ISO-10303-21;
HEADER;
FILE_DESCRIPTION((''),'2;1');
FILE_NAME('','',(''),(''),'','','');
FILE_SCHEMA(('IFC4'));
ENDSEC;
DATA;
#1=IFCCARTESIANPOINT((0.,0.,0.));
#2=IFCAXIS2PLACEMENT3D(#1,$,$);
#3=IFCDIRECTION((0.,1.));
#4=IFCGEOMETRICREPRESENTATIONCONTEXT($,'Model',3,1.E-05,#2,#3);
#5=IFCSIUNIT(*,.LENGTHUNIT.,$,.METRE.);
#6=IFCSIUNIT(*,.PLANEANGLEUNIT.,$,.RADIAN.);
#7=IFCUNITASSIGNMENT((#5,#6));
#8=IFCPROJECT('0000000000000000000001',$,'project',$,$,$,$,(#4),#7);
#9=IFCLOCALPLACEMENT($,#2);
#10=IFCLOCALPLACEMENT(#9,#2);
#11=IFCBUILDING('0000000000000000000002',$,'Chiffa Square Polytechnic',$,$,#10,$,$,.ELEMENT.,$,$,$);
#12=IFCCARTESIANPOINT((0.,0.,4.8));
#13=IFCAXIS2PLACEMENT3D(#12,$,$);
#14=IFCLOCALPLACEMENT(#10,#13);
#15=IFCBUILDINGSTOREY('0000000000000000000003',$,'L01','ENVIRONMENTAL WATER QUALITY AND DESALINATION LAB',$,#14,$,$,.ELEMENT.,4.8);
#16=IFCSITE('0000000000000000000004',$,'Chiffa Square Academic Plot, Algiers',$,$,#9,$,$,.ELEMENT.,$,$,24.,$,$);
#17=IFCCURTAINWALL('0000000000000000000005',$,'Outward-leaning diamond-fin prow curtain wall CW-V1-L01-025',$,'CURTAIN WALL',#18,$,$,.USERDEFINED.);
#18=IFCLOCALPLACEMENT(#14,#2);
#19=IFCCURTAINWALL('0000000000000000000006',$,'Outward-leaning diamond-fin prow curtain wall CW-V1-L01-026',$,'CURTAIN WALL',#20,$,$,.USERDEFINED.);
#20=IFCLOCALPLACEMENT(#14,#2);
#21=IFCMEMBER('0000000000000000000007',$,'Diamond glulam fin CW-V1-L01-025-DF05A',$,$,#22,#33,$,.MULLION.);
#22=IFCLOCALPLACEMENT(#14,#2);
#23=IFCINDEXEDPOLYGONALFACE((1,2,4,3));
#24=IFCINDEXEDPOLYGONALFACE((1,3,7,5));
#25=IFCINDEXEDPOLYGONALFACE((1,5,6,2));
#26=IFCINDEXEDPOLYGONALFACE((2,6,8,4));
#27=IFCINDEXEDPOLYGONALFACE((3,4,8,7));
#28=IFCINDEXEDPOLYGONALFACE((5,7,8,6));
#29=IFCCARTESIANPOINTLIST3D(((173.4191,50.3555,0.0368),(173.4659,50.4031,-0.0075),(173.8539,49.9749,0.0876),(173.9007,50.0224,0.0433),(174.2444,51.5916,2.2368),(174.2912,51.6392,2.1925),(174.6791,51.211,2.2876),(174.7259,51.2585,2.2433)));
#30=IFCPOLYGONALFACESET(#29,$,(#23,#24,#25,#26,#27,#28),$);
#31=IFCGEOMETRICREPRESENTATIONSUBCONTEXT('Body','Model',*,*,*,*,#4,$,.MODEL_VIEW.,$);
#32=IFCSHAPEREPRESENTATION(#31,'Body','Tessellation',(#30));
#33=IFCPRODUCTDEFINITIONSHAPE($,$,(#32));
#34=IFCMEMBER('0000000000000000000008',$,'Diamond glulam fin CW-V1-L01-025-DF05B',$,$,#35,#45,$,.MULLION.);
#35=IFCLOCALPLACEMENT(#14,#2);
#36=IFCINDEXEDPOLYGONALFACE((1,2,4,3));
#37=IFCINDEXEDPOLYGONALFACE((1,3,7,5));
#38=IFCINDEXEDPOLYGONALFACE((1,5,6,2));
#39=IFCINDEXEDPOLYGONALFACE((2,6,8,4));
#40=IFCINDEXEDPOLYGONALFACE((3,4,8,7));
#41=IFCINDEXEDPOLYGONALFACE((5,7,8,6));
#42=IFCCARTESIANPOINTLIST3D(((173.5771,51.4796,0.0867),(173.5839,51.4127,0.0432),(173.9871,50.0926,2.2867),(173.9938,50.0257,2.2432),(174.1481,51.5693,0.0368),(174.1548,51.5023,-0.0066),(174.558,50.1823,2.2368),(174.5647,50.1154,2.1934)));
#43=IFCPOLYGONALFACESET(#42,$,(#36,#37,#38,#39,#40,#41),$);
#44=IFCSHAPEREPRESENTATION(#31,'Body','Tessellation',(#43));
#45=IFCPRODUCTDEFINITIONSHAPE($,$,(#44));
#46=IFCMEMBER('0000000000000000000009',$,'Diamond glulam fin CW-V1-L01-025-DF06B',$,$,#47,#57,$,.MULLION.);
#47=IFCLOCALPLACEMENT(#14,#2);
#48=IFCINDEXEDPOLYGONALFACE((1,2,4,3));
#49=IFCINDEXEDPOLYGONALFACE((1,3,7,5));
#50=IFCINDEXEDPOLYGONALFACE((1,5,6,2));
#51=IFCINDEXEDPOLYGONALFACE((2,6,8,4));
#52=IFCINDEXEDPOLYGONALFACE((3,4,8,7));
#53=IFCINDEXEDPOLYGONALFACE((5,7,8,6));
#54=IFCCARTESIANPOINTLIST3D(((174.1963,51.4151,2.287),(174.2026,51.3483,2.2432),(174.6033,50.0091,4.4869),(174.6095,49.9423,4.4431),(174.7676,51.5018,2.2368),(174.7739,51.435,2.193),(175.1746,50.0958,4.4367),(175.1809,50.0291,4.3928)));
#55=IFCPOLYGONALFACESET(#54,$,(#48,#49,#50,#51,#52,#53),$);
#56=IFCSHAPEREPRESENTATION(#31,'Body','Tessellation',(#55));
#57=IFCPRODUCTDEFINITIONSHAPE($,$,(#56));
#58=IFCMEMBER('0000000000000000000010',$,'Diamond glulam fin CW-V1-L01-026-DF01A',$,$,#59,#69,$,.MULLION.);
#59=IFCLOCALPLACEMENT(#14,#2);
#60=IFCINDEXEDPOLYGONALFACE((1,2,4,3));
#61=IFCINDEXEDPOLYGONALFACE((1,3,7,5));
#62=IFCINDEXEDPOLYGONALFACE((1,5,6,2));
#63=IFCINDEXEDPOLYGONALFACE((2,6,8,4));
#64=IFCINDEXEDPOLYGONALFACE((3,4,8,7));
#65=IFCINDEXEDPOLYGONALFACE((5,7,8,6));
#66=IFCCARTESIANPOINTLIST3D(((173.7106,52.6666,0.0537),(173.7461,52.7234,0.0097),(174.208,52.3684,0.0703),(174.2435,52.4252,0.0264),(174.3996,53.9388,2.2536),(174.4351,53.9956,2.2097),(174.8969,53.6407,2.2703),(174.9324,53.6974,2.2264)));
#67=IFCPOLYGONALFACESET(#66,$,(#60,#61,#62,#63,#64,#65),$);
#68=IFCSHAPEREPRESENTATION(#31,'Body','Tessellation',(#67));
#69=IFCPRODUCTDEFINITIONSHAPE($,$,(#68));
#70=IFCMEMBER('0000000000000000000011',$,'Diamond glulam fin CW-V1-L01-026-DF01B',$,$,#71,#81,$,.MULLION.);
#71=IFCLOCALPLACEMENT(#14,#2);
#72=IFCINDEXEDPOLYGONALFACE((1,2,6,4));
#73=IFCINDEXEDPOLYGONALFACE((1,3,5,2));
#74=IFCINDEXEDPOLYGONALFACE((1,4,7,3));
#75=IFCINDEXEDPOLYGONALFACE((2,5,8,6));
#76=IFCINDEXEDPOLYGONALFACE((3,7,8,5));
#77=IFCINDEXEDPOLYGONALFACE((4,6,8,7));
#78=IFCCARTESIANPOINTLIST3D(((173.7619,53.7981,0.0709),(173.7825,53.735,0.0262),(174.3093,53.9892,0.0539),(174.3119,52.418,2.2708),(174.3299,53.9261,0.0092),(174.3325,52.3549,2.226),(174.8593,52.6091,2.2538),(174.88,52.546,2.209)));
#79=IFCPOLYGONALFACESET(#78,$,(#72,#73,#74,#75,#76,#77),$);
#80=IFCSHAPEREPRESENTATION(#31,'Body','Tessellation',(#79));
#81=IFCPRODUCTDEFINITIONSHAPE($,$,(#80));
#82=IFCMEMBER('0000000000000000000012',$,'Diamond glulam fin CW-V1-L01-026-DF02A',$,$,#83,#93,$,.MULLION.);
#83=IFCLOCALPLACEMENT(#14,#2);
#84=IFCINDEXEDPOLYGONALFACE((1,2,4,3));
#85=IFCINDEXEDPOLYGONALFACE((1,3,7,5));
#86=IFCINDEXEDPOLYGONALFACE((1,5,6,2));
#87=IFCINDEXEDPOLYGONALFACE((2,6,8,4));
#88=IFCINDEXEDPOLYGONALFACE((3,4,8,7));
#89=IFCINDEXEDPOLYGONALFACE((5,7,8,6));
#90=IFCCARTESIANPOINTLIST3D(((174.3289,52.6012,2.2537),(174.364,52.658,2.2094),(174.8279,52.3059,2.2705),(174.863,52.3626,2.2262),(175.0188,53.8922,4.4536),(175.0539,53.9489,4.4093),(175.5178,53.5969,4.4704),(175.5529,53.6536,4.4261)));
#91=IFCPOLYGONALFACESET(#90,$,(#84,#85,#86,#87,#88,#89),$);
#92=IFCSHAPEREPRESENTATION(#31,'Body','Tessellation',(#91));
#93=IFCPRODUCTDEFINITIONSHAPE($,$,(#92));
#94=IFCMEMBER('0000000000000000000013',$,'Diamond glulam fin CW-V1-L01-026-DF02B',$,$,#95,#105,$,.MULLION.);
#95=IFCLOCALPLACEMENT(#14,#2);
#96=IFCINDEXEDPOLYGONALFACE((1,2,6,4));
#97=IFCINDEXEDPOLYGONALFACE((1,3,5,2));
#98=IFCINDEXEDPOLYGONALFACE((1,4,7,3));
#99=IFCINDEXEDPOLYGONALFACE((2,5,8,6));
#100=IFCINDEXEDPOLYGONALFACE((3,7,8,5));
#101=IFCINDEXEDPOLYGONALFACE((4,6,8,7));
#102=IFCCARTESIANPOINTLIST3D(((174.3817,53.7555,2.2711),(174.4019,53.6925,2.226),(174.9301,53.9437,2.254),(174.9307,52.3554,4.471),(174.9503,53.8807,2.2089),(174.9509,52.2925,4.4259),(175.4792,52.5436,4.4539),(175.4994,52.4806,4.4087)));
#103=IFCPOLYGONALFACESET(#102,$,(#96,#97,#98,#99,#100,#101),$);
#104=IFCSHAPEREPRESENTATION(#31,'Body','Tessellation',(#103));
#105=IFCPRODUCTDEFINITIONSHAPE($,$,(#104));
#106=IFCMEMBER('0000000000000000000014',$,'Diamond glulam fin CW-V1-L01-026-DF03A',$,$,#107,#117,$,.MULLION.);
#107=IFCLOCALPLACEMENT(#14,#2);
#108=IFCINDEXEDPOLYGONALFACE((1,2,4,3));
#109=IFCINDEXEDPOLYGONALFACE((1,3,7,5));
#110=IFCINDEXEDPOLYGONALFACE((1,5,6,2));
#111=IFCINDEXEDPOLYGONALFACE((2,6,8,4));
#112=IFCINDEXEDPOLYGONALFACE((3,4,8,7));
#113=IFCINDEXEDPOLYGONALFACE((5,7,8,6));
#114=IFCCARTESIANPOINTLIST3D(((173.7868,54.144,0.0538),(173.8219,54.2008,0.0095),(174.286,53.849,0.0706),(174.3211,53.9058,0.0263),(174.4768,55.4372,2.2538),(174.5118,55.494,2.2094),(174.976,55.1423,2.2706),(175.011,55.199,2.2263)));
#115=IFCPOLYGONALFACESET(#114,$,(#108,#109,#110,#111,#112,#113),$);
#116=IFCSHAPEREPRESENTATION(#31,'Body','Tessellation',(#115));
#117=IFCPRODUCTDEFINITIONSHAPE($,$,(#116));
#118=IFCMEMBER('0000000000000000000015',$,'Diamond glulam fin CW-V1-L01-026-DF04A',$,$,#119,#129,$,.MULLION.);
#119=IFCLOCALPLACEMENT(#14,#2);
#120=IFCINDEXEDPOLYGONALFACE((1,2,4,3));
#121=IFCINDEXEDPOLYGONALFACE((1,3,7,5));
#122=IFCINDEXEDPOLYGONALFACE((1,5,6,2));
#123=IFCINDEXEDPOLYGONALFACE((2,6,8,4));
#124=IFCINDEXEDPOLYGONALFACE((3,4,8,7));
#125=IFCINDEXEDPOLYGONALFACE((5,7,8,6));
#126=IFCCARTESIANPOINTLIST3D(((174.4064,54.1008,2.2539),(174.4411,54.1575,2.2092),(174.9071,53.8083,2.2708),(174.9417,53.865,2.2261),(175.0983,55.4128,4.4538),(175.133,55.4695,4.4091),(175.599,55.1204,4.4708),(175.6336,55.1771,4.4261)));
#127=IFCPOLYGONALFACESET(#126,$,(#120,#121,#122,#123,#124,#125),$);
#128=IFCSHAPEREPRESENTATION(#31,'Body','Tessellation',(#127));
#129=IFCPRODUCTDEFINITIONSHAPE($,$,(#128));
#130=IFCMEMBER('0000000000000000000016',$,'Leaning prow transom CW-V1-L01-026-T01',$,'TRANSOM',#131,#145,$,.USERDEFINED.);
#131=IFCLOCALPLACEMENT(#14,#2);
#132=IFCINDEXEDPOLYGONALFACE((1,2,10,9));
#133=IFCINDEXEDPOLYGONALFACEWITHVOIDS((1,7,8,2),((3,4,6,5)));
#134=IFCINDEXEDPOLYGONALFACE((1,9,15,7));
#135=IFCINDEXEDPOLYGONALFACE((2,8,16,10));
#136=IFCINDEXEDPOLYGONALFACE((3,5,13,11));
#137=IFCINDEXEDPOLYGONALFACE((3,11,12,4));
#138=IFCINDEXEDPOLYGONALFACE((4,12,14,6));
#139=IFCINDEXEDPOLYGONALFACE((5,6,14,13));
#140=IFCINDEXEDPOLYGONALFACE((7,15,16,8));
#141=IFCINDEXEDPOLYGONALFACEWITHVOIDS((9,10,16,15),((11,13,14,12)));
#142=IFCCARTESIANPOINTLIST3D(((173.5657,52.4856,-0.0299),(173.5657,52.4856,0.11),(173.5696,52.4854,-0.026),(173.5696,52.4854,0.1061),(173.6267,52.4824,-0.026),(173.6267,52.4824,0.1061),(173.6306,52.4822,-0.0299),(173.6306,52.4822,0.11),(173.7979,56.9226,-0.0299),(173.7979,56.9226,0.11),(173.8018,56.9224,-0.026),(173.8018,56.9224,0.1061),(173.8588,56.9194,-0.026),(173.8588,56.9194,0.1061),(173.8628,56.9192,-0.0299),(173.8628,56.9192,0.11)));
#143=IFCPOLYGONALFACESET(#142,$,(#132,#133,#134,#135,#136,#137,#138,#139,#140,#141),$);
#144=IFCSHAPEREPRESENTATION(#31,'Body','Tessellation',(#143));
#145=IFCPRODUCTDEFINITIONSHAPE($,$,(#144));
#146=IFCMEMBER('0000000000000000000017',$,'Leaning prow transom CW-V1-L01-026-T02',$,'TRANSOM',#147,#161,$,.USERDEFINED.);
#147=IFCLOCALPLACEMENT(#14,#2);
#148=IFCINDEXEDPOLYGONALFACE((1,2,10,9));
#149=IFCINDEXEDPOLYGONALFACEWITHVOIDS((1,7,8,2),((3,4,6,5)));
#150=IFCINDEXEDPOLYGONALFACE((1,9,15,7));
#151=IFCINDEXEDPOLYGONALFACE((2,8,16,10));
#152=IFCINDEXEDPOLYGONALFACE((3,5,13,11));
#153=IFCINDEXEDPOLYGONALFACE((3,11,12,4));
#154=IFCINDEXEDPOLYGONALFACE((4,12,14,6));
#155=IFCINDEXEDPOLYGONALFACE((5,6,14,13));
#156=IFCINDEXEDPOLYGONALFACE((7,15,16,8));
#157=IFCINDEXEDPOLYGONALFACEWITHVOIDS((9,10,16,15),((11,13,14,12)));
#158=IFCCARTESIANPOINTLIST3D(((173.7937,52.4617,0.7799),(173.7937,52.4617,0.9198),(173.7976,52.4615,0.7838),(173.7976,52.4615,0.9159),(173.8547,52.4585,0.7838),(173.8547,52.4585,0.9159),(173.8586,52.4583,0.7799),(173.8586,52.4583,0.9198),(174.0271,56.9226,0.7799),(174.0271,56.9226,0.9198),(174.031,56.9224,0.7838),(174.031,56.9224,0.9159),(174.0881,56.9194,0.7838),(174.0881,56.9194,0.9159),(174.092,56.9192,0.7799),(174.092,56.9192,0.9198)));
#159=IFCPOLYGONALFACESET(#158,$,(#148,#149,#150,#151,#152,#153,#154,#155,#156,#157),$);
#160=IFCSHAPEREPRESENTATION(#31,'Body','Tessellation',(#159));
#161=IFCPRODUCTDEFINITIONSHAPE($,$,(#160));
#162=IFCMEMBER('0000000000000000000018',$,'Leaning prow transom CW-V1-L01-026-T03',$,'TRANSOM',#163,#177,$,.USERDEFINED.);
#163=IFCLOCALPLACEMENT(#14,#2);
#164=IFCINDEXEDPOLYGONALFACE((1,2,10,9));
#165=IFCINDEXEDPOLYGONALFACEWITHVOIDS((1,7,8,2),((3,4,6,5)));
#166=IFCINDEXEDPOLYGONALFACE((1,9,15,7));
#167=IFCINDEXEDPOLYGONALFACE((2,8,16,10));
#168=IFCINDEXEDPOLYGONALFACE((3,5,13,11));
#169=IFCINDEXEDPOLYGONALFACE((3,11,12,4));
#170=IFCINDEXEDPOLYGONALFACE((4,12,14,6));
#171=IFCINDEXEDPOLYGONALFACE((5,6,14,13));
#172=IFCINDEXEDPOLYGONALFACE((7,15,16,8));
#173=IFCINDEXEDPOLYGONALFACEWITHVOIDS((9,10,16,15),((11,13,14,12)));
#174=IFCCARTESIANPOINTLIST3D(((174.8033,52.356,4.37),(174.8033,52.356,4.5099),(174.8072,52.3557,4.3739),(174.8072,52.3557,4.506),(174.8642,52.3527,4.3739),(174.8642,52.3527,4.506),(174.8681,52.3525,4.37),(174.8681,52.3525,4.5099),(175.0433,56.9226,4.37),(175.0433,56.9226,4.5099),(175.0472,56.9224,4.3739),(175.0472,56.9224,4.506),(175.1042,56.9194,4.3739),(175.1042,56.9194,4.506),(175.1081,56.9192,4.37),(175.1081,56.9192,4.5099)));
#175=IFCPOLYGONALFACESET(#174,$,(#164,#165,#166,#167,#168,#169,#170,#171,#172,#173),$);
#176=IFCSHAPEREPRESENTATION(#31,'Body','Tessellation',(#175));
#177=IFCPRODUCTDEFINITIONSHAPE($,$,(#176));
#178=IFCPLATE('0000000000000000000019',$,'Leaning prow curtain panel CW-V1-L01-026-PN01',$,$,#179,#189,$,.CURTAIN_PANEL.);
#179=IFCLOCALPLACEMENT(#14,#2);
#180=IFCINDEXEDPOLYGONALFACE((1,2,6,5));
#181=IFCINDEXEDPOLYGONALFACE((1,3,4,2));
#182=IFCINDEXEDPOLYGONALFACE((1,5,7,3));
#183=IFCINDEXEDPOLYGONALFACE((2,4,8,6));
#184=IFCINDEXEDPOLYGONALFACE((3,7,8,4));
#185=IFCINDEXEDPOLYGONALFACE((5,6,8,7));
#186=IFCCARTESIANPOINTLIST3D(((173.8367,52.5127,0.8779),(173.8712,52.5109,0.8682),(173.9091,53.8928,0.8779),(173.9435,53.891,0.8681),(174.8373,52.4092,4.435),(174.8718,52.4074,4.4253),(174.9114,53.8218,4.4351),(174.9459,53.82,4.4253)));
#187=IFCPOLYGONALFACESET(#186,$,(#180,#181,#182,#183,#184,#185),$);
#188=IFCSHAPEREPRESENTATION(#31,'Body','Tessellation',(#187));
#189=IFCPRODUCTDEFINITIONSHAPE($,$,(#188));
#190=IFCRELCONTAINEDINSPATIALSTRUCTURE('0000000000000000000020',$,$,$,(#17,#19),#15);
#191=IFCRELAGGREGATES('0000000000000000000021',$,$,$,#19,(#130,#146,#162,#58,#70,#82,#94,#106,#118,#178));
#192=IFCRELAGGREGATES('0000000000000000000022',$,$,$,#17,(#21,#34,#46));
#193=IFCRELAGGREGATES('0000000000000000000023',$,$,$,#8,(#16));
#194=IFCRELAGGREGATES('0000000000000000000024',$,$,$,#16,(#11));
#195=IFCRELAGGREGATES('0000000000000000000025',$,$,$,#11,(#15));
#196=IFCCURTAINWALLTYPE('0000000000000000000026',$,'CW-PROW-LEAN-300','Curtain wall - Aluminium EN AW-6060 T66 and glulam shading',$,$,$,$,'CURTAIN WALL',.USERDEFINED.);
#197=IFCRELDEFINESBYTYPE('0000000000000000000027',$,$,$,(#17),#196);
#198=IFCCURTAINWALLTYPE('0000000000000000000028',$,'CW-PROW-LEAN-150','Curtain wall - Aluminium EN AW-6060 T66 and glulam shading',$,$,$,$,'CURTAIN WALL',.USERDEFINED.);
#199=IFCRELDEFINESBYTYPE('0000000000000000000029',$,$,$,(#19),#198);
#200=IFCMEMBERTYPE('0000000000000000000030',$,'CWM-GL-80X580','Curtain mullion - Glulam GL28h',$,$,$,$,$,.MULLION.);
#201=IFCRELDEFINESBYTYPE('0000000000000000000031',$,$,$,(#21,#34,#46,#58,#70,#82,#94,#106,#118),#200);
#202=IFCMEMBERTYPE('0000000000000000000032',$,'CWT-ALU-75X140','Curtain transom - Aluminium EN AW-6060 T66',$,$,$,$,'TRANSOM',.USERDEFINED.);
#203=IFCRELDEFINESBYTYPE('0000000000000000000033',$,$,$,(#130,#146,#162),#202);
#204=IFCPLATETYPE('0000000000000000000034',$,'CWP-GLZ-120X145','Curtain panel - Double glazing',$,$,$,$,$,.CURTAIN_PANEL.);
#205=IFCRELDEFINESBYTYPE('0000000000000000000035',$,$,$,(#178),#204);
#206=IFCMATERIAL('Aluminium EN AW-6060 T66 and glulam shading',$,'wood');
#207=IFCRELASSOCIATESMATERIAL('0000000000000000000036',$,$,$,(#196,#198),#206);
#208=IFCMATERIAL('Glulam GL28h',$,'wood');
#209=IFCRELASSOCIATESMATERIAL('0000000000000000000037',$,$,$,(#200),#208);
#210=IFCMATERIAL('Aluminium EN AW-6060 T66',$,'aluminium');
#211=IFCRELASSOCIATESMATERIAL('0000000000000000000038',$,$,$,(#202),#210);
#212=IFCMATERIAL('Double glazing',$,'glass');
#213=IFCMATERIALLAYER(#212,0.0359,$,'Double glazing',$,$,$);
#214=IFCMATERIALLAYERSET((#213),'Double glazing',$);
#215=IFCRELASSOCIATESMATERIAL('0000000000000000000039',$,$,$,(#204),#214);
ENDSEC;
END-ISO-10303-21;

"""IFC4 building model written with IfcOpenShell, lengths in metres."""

from ifc_helpers import new_model, si_unit, direction, frame, origin, origin_2d, place, context, subcontext, project, spatial, polyline, rectangle, hollow_rectangle, outline, extrude, material, layer, layer_set, material_profile, profile_set, type_object, element, aggregate, save


model = new_model("IFC4")

# Units and contexts
model_context = context("Model", 3, precision=1e-05, world=origin(), true_north=direction((0.0, 1.0)))
body_context = subcontext(model_context, "Body", "Model", "MODEL_VIEW")
ifc_project = project(units=[si_unit("LENGTHUNIT", "METRE"), si_unit("PLANEANGLEUNIT", "RADIAN")], contexts=[model_context])

# Site, building, storey
site_placement = place(None, origin())
site = spatial("IfcSite", under=ifc_project, at=site_placement, Name="Chiffa Square Academic Plot, Algiers", CompositionType="ELEMENT", RefElevation=24.0)
building_placement = place(site_placement, origin())
building = spatial("IfcBuilding", under=site, at=building_placement, Name="Chiffa Square Polytechnic", CompositionType="ELEMENT")
storey_placement = place(building_placement, frame((0.0, 0.0, 4.8)))
storey = spatial("IfcBuildingStorey", under=building, at=storey_placement, Name="L01", Description="ENVIRONMENTAL WATER QUALITY AND DESALINATION LAB", CompositionType="ELEMENT", Elevation=4.8)

# Curtain walls
ifc_material_1 = material(Name="Aluminium EN AW-6060 T66 and glulam shading", Category="wood")
curtain_wall_type_1 = type_object("IfcCurtainWallType", Name="CW-PROW-LEAN-300", Description="Curtain wall - Aluminium EN AW-6060 T66 and glulam shading", ElementType="CURTAIN WALL", PredefinedType="USERDEFINED", material=ifc_material_1)
curtain_wall_1_placement = place(storey_placement, origin())
curtain_wall_1 = element("IfcCurtainWall", 1, at=curtain_wall_1_placement, inside=storey, type_object=curtain_wall_type_1, Name="Outward-leaning diamond-fin prow curtain wall CW-V1-L01-025", ObjectType="CURTAIN WALL", PredefinedType="USERDEFINED")
ifc_material_2 = material(Name="Aluminium EN AW-6060 T66", Category="aluminium")
curtain_wall_type_2 = type_object("IfcCurtainWallType", Name="CW-PROW-LEAN-150", Description="Curtain wall - Aluminium EN AW-6060 T66 and glulam shading", ElementType="CURTAIN WALL", PredefinedType="USERDEFINED", material=ifc_material_1)
curtain_wall_2_placement = place(storey_placement, origin())
curtain_wall_2 = element("IfcCurtainWall", 2, at=curtain_wall_2_placement, inside=storey, type_object=curtain_wall_type_2, Name="Outward-leaning diamond-fin prow curtain wall CW-V1-L01-026", ObjectType="CURTAIN WALL", PredefinedType="USERDEFINED")

# Members
ifc_material_3 = material(Name="Glulam GL28h", Category="wood")
ifc_material_profile_1 = material_profile(ifc_material_3, rectangle(XDim=0.0801, YDim=0.5801, at=origin_2d()), Name="GL28h 80x580")
ifc_profile_set_1 = profile_set([ifc_material_profile_1], Name="Glulam GL28h")
member_type_1 = type_object("IfcMemberType", Name="CWM-GL-80X580", Description="Curtain mullion - Glulam GL28h", PredefinedType="MULLION", material=ifc_profile_set_1)
member_1_placement = place(storey_placement, frame((173.6599, 50.189, 0.04), z_axis=(0.310817, 0.465581, 0.82863), x_axis=(-0.584522, -0.593826, 0.552905)))
member_1 = element("IfcMember", 3, at=member_1_placement, type_object=member_type_1, Name="Diamond glulam fin CW-V1-L01-025-DF05A", PredefinedType="MULLION", context=body_context, shape_type="SweptSolid", body=[
    extrude(rectangle(XDim=0.0801, YDim=0.5801, at=origin_2d()), origin(), (0.0, 0.0, 1.0), 2.655),
])
member_2_placement = place(storey_placement, frame((173.866, 51.491, 0.04), z_axis=(0.155696, -0.526807, 0.835603), x_axis=(-0.083897, 0.83581, 0.54257)))
member_2 = element("IfcMember", 4, at=member_2_placement, type_object=member_type_1, Name="Diamond glulam fin CW-V1-L01-025-DF05B", PredefinedType="MULLION", context=body_context, shape_type="SweptSolid", body=[
    extrude(rectangle(XDim=0.0801, YDim=0.5801, at=origin_2d()), origin(), (0.0, 0.0, 1.0), 2.6328),
])
member_3_placement = place(storey_placement, frame((174.4851, 51.425, 2.24), z_axis=(0.15402, -0.532094, 0.832558), x_axis=(-0.078374, 0.833379, 0.547118)))
member_3 = element("IfcMember", 5, at=member_3_placement, type_object=member_type_1, Name="Diamond glulam fin CW-V1-L01-025-DF06B", PredefinedType="MULLION", context=body_context, shape_type="SweptSolid", body=[
    extrude(rectangle(XDim=0.0801, YDim=0.5801, at=origin_2d()), origin(), (0.0, 0.0, 1.0), 2.6423),
])
member_4_placement = place(storey_placement, frame((173.9771, 52.5459, 0.04), z_axis=(0.26166, 0.483171, 0.835512), x_axis=(-0.443348, -0.708766, 0.548719)))
member_4 = element("IfcMember", 6, at=member_4_placement, type_object=member_type_1, Name="Diamond glulam fin CW-V1-L01-026-DF01A", PredefinedType="MULLION", context=body_context, shape_type="SweptSolid", body=[
    extrude(rectangle(XDim=0.0801, YDim=0.5801, at=origin_2d()), origin(), (0.0, 0.0, 1.0), 2.6331),
])
member_5_placement = place(storey_placement, frame((174.0459, 53.8621, 0.04), z_axis=(0.207203, -0.519893, 0.828721), x_axis=(-0.257779, 0.788154, 0.558895)))
member_5 = element("IfcMember", 7, at=member_5_placement, type_object=member_type_1, Name="Diamond glulam fin CW-V1-L01-026-DF01B", PredefinedType="MULLION", context=body_context, shape_type="SweptSolid", body=[
    extrude(rectangle(XDim=0.0801, YDim=0.5801, at=origin_2d()), origin(), (0.0, 0.0, 1.0), 2.6545),
])
member_6_placement = place(storey_placement, frame((174.5959, 52.4819, 2.24), z_axis=(0.261099, 0.488568, 0.832543), x_axis=(-0.438025, -0.708592, 0.553201)))
member_6 = element("IfcMember", 8, at=member_6_placement, type_object=member_type_1, Name="Diamond glulam fin CW-V1-L01-026-DF02A", PredefinedType="MULLION", context=body_context, shape_type="SweptSolid", body=[
    extrude(rectangle(XDim=0.0801, YDim=0.5801, at=origin_2d()), origin(), (0.0, 0.0, 1.0), 2.6423),
])
member_7_placement = place(storey_placement, frame((174.666, 53.8181, 2.24), z_axis=(0.206039, -0.525404, 0.82553), x_axis=(-0.252252, 0.786601, 0.563585)))
member_7 = element("IfcMember", 9, at=member_7_placement, type_object=member_type_1, Name="Diamond glulam fin CW-V1-L01-026-DF02B", PredefinedType="MULLION", context=body_context, shape_type="SweptSolid", body=[
    extrude(rectangle(XDim=0.0801, YDim=0.5801, at=origin_2d()), origin(), (0.0, 0.0, 1.0), 2.6648),
])
member_8_placement = place(storey_placement, frame((174.054, 54.0249, 0.04), z_axis=(0.260993, 0.489201, 0.832205), x_axis=(-0.437365, -0.708603, 0.553708)))
member_8 = element("IfcMember", 10, at=member_8_placement, type_object=member_type_1, Name="Diamond glulam fin CW-V1-L01-026-DF03A", PredefinedType="MULLION", context=body_context, shape_type="SweptSolid", body=[
    extrude(rectangle(XDim=0.0801, YDim=0.5801, at=origin_2d()), origin(), (0.0, 0.0, 1.0), 2.6436),
])
member_9_placement = place(storey_placement, frame((174.6741, 53.9829, 2.24), z_axis=(0.26077, 0.494487, 0.829145), x_axis=(-0.432531, -0.707993, 0.558267)))
member_9 = element("IfcMember", 11, at=member_9_placement, type_object=member_type_1, Name="Diamond glulam fin CW-V1-L01-026-DF04A", PredefinedType="MULLION", context=body_context, shape_type="SweptSolid", body=[
    extrude(rectangle(XDim=0.0801, YDim=0.5801, at=origin_2d()), origin(), (0.0, 0.0, 1.0), 2.6533),
])
ifc_material_profile_2 = material_profile(ifc_material_2, hollow_rectangle(XDim=0.0649, YDim=0.1399, WallThickness=0.0039, at=origin_2d()), Name="ALU 65x140x4")
ifc_profile_set_2 = profile_set([ifc_material_profile_2], Name="Aluminium EN AW-6060 T66")
member_type_2 = type_object("IfcMemberType", Name="CWT-ALU-75X140", Description="Curtain transom - Aluminium EN AW-6060 T66", ElementType="TRANSOM", PredefinedType="USERDEFINED", material=ifc_profile_set_2)
member_10_placement = place(storey_placement, frame((173.5981, 52.4839, 0.04), z_axis=(0.052256, 0.998634, 0.0), x_axis=(-0.998634, 0.052256, 0.0)))
member_10 = element("IfcMember", 12, at=member_10_placement, type_object=member_type_2, Name="Leaning prow transom CW-V1-L01-026-T01", ObjectType="TRANSOM", PredefinedType="USERDEFINED", context=body_context, shape_type="SweptSolid", body=[
    extrude(hollow_rectangle(XDim=0.0649, YDim=0.1399, WallThickness=0.0039, at=origin_2d()), origin(), (0.0, 0.0, 1.0), 4.4431),
])
member_11_placement = place(storey_placement, frame((173.8262, 52.46, 0.8499), z_axis=(0.052249, 0.998634, 0.0), x_axis=(-0.998634, 0.052249, 0.0)))
member_11 = element("IfcMember", 13, at=member_11_placement, type_object=member_type_2, Name="Leaning prow transom CW-V1-L01-026-T02", ObjectType="TRANSOM", PredefinedType="USERDEFINED", context=body_context, shape_type="SweptSolid", body=[
    extrude(hollow_rectangle(XDim=0.0649, YDim=0.1399, WallThickness=0.0039, at=origin_2d()), origin(), (0.0, 0.0, 1.0), 4.467),
])
member_12_placement = place(storey_placement, frame((174.8357, 52.3542, 4.4399), z_axis=(0.05248, 0.998622, 0.0), x_axis=(-0.998622, 0.05248, 0.0)))
member_12 = element("IfcMember", 14, at=member_12_placement, type_object=member_type_2, Name="Leaning prow transom CW-V1-L01-026-T03", ObjectType="TRANSOM", PredefinedType="USERDEFINED", context=body_context, shape_type="SweptSolid", body=[
    extrude(hollow_rectangle(XDim=0.0649, YDim=0.1399, WallThickness=0.0039, at=origin_2d()), origin(), (0.0, 0.0, 1.0), 4.573),
])

# Plate
ifc_material_4 = material(Name="Double glazing", Category="glass")
ifc_layer_1 = layer(ifc_material_4, 0.0359, Name="Double glazing")
ifc_layer_set_1 = layer_set([ifc_layer_1], Name="Double glazing")
plate_type_1 = type_object("IfcPlateType", Name="CWP-GLZ-120X145", Description="Curtain panel - Double glazing", PredefinedType="CURTAIN_PANEL", material=ifc_layer_set_1)
plate_1_placement = place(storey_placement, frame((173.8367, 52.5127, 0.8779), z_axis=(-0.961032, 0.050408, 0.271803), x_axis=(0.052373, 0.998628, -0.000024)))
plate_1 = element("IfcPlate", 15, at=plate_1_placement, type_object=plate_type_1, Name="Leaning prow curtain panel CW-V1-L01-026-PN01", PredefinedType="CURTAIN_PANEL", context=body_context, shape_type="SweptSolid", body=[
    extrude(outline(polyline([(0.0, 0.0), (1.382, 0.0), (1.3635, -3.6963), (-0.0511, -3.6962), (0.0, 0.0)])), origin(), (0.0, 0.0, -1.0), 0.0359),
])
aggregate(curtain_wall_2, [member_10, member_11, member_12, member_4, member_5, member_6, member_7, member_8, member_9, plate_1])
aggregate(curtain_wall_1, [member_1, member_2, member_3])

save(model, "model.ifc")
